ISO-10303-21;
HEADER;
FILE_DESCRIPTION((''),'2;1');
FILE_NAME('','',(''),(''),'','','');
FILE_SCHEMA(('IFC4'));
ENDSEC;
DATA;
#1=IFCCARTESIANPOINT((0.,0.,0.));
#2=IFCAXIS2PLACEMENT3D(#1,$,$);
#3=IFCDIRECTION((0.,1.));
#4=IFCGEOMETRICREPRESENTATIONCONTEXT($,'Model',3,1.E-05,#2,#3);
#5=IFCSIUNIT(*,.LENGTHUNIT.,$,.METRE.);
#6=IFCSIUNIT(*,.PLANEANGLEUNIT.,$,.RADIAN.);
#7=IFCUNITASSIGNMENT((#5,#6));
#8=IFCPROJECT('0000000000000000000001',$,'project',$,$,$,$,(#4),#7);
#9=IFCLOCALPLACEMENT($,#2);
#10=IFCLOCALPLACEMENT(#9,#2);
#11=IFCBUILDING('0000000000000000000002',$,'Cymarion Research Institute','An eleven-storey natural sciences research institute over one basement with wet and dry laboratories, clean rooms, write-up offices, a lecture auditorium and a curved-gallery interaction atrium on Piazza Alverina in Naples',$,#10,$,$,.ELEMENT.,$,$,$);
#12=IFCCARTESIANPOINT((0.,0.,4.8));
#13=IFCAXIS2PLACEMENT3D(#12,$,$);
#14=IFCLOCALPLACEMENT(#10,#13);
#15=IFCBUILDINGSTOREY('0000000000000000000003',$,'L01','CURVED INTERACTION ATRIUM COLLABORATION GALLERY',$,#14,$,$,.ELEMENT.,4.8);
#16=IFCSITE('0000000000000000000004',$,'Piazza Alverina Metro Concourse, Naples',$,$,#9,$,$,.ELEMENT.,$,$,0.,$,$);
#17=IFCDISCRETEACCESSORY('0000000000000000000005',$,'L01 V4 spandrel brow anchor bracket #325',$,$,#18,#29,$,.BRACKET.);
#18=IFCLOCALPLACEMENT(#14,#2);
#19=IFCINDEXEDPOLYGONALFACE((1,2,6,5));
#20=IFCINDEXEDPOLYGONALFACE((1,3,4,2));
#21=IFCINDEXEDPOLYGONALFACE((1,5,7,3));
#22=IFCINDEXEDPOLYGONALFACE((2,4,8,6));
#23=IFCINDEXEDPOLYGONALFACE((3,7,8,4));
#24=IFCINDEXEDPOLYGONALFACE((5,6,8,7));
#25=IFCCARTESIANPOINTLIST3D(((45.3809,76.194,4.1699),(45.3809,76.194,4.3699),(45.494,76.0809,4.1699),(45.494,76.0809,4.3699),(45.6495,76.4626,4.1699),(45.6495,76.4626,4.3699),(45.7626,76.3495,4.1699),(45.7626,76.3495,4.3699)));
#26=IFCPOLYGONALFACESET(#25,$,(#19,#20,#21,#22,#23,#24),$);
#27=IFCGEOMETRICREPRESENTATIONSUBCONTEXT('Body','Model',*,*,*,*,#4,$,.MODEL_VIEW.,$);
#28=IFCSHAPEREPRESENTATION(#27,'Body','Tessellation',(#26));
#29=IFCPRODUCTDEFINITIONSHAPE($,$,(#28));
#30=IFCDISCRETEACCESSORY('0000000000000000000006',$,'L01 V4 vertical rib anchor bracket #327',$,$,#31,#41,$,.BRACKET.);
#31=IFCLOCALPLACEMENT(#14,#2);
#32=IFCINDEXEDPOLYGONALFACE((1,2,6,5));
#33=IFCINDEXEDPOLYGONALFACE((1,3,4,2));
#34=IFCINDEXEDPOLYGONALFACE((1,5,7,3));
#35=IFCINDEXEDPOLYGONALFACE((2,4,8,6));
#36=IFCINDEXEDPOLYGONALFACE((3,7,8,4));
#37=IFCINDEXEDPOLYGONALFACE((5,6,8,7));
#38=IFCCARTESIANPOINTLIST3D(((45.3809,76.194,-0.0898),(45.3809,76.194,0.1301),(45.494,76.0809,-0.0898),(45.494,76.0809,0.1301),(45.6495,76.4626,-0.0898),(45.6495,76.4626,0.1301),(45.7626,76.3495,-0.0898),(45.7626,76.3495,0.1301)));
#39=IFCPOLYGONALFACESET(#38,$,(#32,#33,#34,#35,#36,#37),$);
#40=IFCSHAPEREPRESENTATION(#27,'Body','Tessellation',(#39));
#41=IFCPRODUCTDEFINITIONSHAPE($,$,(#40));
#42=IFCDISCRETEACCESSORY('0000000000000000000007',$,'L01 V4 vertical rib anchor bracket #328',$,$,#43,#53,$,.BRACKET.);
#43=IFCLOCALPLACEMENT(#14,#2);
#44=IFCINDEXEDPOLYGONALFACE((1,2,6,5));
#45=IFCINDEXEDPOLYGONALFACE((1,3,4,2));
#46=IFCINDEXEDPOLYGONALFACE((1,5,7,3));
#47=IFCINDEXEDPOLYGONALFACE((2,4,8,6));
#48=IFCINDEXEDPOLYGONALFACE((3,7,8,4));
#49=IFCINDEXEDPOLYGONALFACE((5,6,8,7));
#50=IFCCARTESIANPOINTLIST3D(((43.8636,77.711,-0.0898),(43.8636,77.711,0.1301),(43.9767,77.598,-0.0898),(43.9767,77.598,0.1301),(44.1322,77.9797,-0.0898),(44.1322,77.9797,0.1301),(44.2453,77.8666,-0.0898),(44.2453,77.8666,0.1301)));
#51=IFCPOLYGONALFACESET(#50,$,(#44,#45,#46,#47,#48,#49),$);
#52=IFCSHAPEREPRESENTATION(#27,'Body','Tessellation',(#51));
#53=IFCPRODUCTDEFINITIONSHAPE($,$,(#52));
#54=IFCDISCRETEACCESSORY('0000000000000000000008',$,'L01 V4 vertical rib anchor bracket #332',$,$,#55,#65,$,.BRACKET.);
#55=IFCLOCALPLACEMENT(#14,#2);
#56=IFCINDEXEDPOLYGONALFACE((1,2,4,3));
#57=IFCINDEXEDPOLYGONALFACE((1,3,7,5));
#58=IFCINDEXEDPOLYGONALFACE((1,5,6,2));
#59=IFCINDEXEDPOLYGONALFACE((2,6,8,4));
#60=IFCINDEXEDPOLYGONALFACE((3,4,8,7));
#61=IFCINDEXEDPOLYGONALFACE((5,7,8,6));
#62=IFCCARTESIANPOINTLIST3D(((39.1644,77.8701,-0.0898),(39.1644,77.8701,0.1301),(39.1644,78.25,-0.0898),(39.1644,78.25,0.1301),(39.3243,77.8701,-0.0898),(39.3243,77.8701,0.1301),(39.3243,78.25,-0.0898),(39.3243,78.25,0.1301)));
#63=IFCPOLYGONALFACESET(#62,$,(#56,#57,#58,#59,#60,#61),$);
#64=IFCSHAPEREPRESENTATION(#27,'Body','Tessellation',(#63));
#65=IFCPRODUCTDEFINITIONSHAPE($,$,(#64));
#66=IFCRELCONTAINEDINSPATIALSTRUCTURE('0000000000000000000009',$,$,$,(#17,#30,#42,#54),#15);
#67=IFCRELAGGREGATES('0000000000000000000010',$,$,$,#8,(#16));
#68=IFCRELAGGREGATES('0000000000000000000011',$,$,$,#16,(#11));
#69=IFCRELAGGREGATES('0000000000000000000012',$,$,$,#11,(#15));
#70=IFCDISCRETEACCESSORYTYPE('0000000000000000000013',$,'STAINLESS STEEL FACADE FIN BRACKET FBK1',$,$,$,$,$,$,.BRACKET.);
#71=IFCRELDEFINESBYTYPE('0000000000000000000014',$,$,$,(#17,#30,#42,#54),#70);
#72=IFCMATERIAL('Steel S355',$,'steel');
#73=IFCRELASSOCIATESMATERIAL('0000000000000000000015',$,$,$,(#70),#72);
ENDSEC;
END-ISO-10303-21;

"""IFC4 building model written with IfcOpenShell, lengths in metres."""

from ifc_helpers import new_model, si_unit, direction, frame, origin, origin_2d, place, context, subcontext, project, spatial, rectangle, extrude, material, type_object, element, save


model = new_model("IFC4")

# Units and contexts
model_context = context("Model", 3, precision=1e-05, world=origin(), true_north=direction((0.0, 1.0)))
body_context = subcontext(model_context, "Body", "Model", "MODEL_VIEW")
ifc_project = project(units=[si_unit("LENGTHUNIT", "METRE"), si_unit("PLANEANGLEUNIT", "RADIAN")], contexts=[model_context])

# Site, building, storey
site_placement = place(None, origin())
site = spatial("IfcSite", under=ifc_project, at=site_placement, Name="Piazza Alverina Metro Concourse, Naples", CompositionType="ELEMENT", RefElevation=0.0)
building_placement = place(site_placement, origin())
building = spatial("IfcBuilding", under=site, at=building_placement, Name="Cymarion Research Institute", Description="An eleven-storey natural sciences research institute over one basement with wet and dry laboratories, clean rooms, write-up offices, a lecture auditorium and a curved-gallery interaction atrium on Piazza Alverina in Naples", CompositionType="ELEMENT")
storey_placement = place(building_placement, frame((0.0, 0.0, 4.8)))
storey = spatial("IfcBuildingStorey", under=building, at=storey_placement, Name="L01", Description="CURVED INTERACTION ATRIUM COLLABORATION GALLERY", CompositionType="ELEMENT", Elevation=4.8)

# Shared definitions
ifc_material_1 = material(Name="Steel S355", Category="steel")

# Discrete accessories
discrete_accessory_type = type_object("IfcDiscreteAccessoryType", Name="STAINLESS STEEL FACADE FIN BRACKET FBK1", PredefinedType="BRACKET", material=ifc_material_1)
discrete_accessory_placement = place(storey_placement, frame((45.5718, 76.2717, 4.1699), z_axis=(0.0, 0.0, 1.0), x_axis=(0.707107, 0.707107, 0.0)))
element("IfcDiscreteAccessory", 1, at=discrete_accessory_placement, inside=storey, type_object=discrete_accessory_type, Name="L01 V4 spandrel brow anchor bracket #325", PredefinedType="BRACKET", context=body_context, shape_type="SweptSolid", body=[
    extrude(rectangle(XDim=0.3799, YDim=0.1599, at=origin_2d()), origin(), (0.0, 0.0, 1.0), 0.2),
])
for number, where, z_axis, x_axis, name in (
    (2, (45.5718, 76.2717, -0.0898), (0.0, 0.0, 1.0), (0.707107, 0.707107, 0.0), "L01 V4 vertical rib anchor bracket #327"),
    (3, (44.0544, 77.7888, -0.0898), (0.0, 0.0, 1.0), (0.707107, 0.707107, 0.0), "L01 V4 vertical rib anchor bracket #328"),
    (4, (39.2444, 78.0601, -0.0898), (0.0, 0.0, 1.0), (0.0, 1.0, 0.0), "L01 V4 vertical rib anchor bracket #332"),
):
    element("IfcDiscreteAccessory", number, at=place(storey_placement, frame(where, z_axis=z_axis, x_axis=x_axis)), inside=storey, type_object=discrete_accessory_type, Name=name, PredefinedType="BRACKET", context=body_context, shape_type="SweptSolid", body=[
        extrude(rectangle(XDim=0.3799, YDim=0.1599, at=origin_2d()), origin(), (0.0, 0.0, 1.0), 0.22),
    ])

save(model, "model.ifc")
